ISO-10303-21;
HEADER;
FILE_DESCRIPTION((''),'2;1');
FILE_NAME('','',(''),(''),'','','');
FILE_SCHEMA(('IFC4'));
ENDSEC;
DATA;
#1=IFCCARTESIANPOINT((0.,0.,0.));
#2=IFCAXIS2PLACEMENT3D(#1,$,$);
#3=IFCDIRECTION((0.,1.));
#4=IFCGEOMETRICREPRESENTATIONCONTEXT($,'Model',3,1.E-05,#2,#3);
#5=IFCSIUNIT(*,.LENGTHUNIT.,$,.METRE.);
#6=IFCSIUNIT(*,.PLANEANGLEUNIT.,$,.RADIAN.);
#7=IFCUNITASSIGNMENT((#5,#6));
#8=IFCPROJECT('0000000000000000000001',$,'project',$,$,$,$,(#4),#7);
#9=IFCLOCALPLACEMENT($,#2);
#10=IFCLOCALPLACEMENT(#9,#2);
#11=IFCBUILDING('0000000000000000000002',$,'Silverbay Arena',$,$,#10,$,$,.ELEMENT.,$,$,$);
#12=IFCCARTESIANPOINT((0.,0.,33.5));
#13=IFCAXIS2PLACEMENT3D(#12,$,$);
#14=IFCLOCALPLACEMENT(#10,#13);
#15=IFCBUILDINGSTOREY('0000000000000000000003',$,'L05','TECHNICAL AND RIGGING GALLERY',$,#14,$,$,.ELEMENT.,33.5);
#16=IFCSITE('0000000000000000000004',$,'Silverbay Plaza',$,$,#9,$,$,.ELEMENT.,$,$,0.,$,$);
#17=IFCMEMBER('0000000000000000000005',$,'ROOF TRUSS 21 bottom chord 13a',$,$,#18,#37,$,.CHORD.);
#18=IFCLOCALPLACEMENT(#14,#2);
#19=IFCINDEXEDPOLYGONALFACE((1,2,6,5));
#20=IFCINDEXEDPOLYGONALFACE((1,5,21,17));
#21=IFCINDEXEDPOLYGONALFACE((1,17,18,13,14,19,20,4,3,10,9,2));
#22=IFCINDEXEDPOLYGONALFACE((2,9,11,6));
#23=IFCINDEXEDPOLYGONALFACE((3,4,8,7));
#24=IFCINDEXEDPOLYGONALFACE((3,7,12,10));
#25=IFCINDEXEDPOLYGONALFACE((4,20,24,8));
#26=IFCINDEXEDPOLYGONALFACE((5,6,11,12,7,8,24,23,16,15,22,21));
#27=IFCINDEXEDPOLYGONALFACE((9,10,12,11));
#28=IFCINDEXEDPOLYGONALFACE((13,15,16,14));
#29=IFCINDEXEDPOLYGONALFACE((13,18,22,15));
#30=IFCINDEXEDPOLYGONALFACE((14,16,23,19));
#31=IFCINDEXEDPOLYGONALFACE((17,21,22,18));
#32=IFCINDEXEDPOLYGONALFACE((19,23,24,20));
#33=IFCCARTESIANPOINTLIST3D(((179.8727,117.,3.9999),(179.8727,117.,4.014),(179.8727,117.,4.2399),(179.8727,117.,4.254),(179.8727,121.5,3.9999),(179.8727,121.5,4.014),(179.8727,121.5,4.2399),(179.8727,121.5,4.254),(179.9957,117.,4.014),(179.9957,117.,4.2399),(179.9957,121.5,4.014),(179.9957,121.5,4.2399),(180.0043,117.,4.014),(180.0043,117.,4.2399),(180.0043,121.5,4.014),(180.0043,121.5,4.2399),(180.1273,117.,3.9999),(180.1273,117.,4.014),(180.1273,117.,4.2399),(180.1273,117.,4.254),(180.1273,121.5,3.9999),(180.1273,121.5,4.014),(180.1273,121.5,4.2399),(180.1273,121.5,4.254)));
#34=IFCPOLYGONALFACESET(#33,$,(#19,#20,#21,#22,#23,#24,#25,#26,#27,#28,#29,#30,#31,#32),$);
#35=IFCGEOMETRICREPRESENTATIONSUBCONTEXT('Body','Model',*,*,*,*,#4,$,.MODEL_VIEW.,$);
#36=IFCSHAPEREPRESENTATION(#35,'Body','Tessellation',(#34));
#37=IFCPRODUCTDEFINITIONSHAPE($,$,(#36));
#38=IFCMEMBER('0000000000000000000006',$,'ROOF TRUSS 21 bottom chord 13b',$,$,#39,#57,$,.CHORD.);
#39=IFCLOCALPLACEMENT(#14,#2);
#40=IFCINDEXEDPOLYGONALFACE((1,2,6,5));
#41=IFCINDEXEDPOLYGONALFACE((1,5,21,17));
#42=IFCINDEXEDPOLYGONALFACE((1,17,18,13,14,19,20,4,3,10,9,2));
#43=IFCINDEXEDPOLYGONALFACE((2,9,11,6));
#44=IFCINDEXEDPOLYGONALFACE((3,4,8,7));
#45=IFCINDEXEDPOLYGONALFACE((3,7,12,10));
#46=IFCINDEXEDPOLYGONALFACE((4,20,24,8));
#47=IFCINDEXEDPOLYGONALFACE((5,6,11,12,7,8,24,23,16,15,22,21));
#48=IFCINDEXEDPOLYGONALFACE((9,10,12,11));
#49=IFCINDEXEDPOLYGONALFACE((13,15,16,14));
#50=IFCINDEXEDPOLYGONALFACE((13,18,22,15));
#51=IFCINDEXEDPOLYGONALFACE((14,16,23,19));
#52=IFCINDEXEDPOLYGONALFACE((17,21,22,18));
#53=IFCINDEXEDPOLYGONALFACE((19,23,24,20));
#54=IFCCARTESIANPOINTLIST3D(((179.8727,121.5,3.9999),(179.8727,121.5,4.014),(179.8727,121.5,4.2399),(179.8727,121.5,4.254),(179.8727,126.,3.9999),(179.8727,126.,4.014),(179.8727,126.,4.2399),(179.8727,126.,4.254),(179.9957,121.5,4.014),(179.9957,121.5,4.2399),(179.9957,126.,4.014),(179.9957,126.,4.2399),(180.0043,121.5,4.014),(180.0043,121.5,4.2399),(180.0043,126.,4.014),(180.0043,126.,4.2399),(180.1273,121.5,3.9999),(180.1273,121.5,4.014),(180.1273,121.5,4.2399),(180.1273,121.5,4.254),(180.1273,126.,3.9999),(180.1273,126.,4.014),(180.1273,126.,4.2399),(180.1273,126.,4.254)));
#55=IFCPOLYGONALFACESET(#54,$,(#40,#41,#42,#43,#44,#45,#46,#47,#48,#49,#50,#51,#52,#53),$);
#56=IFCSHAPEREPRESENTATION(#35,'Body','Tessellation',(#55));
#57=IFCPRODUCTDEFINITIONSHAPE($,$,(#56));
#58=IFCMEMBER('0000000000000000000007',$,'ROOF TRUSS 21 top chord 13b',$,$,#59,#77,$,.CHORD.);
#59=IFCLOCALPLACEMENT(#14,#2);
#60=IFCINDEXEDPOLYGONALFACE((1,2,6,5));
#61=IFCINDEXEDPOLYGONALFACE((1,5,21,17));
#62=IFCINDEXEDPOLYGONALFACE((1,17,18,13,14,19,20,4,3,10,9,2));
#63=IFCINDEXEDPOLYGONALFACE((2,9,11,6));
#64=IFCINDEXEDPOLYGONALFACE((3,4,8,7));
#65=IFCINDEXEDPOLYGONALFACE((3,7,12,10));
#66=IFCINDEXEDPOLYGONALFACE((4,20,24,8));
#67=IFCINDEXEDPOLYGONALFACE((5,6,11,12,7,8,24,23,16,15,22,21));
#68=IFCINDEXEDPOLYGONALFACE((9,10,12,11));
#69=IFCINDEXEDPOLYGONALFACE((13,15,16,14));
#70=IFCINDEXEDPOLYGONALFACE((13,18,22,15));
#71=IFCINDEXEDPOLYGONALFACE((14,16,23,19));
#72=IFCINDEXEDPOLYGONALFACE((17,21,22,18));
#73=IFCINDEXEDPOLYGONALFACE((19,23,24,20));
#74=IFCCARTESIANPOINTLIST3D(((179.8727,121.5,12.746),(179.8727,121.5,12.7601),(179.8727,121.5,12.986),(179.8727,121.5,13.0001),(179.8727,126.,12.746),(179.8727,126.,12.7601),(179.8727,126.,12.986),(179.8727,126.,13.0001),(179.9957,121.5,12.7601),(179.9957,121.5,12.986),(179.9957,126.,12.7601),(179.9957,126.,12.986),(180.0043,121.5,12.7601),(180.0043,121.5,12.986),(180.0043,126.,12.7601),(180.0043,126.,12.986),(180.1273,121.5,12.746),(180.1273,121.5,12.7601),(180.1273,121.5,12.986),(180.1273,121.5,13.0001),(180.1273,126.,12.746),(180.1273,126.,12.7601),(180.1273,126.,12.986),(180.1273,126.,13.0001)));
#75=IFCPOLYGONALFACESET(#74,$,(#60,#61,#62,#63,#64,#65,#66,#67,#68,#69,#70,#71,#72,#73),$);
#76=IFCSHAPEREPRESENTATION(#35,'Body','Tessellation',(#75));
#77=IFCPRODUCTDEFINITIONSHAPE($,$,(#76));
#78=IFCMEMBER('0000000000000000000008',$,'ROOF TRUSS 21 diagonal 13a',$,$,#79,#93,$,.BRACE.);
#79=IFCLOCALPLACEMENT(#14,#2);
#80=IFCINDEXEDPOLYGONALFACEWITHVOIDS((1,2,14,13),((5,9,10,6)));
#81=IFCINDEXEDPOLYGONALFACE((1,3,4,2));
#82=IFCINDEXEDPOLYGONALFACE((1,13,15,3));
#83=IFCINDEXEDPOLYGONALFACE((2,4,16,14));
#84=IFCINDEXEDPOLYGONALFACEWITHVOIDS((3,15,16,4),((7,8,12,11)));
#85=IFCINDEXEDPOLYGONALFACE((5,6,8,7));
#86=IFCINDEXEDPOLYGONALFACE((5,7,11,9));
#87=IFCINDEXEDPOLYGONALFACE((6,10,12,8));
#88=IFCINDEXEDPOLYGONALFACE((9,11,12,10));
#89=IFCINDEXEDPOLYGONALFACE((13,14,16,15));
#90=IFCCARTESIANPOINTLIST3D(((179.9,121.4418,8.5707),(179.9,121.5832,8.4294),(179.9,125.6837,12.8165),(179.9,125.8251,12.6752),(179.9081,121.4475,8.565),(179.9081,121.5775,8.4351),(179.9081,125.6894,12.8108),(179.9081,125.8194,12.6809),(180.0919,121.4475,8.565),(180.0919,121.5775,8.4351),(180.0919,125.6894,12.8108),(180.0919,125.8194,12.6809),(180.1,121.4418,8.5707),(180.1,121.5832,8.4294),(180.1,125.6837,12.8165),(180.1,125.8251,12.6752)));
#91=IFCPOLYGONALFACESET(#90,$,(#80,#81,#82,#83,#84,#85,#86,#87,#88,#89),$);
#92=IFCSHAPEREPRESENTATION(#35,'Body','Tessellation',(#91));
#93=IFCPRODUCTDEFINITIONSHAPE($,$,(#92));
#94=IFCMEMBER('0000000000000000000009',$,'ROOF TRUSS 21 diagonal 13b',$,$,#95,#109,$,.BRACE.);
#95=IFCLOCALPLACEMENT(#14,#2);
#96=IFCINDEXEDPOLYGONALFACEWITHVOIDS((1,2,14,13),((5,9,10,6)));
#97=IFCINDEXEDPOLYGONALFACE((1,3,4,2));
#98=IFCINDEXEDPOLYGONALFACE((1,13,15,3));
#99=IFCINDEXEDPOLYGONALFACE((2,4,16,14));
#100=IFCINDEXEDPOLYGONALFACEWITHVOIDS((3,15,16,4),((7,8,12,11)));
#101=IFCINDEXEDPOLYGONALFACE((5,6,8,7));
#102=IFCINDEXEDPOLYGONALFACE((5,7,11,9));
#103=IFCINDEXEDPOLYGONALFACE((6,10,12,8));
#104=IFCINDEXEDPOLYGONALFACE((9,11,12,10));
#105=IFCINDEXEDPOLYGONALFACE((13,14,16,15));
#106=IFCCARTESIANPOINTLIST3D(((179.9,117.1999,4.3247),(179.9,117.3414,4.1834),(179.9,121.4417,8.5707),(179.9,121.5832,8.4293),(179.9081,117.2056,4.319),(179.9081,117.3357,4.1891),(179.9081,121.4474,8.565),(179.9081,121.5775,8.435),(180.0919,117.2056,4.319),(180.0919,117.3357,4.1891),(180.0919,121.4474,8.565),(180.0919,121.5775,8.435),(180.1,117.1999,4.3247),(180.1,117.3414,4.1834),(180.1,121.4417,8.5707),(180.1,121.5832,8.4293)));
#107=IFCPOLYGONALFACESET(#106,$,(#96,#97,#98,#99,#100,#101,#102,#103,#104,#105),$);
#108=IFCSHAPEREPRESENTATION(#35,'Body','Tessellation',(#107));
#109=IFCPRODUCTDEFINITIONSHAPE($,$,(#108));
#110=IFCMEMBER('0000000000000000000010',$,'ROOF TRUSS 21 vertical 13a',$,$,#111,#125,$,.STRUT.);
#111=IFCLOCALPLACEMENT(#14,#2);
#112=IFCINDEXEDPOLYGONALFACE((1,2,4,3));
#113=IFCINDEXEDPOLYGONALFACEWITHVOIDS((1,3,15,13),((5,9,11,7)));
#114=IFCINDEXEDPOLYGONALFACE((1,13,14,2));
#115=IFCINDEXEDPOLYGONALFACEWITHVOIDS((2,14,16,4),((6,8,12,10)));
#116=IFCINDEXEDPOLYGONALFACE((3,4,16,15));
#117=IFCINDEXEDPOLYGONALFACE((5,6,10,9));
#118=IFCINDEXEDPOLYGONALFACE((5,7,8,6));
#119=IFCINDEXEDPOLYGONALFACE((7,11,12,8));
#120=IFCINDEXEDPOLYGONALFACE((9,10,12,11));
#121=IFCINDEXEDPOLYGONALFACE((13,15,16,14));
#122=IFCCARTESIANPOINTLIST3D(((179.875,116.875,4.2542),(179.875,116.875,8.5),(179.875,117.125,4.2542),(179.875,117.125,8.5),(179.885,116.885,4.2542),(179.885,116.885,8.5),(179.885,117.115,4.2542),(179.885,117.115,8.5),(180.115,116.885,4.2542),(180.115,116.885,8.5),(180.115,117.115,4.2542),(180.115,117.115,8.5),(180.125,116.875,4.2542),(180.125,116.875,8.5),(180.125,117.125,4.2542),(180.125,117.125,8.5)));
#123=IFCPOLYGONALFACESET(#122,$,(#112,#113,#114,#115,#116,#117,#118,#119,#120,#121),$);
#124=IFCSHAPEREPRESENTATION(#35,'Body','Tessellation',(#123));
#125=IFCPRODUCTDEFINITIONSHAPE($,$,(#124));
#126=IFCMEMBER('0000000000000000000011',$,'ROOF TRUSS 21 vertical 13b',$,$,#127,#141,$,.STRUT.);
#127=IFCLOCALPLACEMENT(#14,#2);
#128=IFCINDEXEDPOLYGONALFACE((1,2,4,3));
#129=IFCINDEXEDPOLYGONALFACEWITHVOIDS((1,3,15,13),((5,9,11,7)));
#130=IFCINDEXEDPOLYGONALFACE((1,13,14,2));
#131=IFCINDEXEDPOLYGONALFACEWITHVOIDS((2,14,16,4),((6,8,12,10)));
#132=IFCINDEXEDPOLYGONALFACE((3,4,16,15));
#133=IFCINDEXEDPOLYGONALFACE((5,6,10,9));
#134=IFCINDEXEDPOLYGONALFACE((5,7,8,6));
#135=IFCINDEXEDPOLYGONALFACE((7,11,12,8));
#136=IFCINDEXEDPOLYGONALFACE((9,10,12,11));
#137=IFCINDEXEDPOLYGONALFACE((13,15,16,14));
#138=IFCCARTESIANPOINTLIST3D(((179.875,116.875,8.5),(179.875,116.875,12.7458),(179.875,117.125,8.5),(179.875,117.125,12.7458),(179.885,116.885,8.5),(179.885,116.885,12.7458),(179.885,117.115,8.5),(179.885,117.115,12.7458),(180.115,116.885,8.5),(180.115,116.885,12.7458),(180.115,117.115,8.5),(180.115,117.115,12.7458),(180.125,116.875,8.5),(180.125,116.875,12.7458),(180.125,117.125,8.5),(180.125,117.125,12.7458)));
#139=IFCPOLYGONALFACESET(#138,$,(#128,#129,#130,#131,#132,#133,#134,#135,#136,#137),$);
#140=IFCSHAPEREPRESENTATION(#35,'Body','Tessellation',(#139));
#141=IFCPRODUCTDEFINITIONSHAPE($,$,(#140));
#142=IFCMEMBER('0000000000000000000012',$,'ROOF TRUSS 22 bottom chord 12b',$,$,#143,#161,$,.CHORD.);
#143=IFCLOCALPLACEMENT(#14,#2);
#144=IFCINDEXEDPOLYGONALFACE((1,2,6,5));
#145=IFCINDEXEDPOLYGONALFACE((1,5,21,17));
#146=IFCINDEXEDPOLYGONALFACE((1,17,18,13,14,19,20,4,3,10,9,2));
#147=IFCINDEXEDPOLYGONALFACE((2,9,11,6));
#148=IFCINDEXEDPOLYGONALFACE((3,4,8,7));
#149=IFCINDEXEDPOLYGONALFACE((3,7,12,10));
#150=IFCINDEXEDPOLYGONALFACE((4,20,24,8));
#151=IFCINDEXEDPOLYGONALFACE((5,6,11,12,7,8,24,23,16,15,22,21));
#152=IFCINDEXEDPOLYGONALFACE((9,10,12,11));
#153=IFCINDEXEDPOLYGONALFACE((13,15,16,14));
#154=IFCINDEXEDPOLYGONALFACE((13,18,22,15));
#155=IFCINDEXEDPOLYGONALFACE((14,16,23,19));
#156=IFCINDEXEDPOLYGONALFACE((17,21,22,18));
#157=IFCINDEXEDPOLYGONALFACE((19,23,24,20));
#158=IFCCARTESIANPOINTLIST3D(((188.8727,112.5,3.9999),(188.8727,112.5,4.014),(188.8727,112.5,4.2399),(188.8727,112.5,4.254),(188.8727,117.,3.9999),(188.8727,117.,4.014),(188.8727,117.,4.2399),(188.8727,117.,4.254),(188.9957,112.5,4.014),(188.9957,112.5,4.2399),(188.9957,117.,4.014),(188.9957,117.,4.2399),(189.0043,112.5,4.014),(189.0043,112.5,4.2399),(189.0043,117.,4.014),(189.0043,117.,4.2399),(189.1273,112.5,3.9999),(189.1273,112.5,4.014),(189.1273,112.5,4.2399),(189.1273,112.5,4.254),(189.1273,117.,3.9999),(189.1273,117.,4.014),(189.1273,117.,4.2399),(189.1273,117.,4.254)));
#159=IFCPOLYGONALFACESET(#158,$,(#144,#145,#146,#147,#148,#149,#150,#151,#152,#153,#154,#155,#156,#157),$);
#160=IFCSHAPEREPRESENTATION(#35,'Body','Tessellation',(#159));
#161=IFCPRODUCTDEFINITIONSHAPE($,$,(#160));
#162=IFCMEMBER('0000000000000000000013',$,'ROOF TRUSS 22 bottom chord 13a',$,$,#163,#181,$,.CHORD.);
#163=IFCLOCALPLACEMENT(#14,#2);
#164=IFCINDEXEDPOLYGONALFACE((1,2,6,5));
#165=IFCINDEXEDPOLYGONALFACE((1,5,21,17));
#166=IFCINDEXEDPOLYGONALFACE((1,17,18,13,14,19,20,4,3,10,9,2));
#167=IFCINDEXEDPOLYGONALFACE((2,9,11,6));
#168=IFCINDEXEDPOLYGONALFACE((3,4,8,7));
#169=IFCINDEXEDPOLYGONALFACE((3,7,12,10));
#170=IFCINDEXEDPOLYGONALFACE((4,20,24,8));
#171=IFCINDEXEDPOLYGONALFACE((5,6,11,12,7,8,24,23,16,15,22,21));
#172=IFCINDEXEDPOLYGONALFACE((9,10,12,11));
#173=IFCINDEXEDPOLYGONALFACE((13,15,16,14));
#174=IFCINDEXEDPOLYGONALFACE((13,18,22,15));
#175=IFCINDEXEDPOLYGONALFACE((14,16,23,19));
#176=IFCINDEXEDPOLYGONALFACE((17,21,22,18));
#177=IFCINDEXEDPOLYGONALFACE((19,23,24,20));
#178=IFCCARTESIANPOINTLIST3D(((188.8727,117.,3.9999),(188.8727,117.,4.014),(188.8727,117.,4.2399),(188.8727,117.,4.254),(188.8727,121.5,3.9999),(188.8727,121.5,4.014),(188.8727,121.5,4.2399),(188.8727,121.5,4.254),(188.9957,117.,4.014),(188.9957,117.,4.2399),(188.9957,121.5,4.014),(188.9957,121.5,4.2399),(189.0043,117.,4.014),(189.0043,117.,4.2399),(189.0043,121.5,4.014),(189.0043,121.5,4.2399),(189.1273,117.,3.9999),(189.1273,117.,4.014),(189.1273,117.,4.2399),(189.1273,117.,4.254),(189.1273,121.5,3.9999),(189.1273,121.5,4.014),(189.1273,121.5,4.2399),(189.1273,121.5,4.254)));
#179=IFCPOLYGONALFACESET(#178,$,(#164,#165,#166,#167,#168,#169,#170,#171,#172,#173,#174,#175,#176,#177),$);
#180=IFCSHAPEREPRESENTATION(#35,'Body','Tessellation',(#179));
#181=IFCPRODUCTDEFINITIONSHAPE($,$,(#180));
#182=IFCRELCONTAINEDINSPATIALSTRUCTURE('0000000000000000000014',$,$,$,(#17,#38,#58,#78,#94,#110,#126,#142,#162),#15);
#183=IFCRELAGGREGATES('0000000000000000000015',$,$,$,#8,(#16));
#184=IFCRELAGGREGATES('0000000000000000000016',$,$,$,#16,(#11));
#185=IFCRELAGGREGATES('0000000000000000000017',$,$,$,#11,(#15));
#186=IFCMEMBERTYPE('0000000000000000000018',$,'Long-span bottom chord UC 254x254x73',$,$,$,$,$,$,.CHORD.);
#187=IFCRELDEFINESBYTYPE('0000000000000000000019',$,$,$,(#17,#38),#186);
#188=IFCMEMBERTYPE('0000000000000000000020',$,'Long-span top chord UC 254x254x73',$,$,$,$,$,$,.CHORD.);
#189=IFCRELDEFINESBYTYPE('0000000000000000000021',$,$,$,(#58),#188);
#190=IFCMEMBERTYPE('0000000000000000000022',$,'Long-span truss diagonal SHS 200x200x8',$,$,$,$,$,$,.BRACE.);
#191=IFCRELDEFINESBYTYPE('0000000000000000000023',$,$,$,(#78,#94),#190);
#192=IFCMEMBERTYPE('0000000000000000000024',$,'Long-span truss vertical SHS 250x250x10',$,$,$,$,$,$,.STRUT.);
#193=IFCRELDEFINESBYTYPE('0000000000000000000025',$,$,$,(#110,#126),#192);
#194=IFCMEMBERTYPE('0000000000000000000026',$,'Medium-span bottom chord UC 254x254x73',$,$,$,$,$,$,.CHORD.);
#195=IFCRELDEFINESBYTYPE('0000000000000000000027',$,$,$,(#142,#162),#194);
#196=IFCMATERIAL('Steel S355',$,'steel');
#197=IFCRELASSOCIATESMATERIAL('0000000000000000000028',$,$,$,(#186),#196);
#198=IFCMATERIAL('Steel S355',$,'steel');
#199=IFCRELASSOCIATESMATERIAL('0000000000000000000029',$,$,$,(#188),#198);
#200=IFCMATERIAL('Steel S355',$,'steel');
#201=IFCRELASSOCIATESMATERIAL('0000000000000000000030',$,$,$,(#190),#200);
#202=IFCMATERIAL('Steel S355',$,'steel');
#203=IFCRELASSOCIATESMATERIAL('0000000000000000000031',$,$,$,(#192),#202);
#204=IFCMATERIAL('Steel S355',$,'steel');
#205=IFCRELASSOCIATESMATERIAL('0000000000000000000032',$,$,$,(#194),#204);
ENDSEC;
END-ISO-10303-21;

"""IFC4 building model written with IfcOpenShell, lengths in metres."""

from ifc_helpers import new_model, si_unit, direction, frame, origin, origin_2d, place, context, subcontext, project, spatial, hollow_rectangle, i_section, extrude, material, material_profile, profile_set, type_object, element, save


model = new_model("IFC4")

# Units and contexts
model_context = context("Model", 3, precision=1e-05, world=origin(), true_north=direction((0.0, 1.0)))
body_context = subcontext(model_context, "Body", "Model", "MODEL_VIEW")
ifc_project = project(units=[si_unit("LENGTHUNIT", "METRE"), si_unit("PLANEANGLEUNIT", "RADIAN")], contexts=[model_context])

# Site, building, storey
site_placement = place(None, origin())
site = spatial("IfcSite", under=ifc_project, at=site_placement, Name="Silverbay Plaza", CompositionType="ELEMENT", RefElevation=0.0)
building_placement = place(site_placement, origin())
building = spatial("IfcBuilding", under=site, at=building_placement, Name="Silverbay Arena", CompositionType="ELEMENT")
storey_placement = place(building_placement, frame((0.0, 0.0, 33.5)))
storey = spatial("IfcBuildingStorey", under=building, at=storey_placement, Name="L05", Description="TECHNICAL AND RIGGING GALLERY", CompositionType="ELEMENT", Elevation=33.5)

# Members
ifc_material_1 = material(Name="Steel S355", Category="steel")
ifc_material_profile_1 = material_profile(ifc_material_1, i_section(OverallWidth=0.2546, OverallDepth=0.2542, WebThickness=0.0085, FlangeThickness=0.0142, at=origin_2d()), Name="UC 254x254x73")
ifc_profile_set_1 = profile_set([ifc_material_profile_1], Name="Steel S355")
member_type_1 = type_object("IfcMemberType", Name="Long-span bottom chord UC 254x254x73", PredefinedType="CHORD", material=ifc_profile_set_1)
for number, where, z_axis, x_axis, name in (
    (1, (180.0, 117.0, 4.127), (0.0, 1.0, 0.0), (-1.0, 0.0, 0.0), "ROOF TRUSS 21 bottom chord 13a"),
    (2, (180.0, 121.5, 4.127), (0.0, 1.0, 0.0), (-1.0, 0.0, 0.0), "ROOF TRUSS 21 bottom chord 13b"),
):
    element("IfcMember", number, at=place(storey_placement, frame(where, z_axis=z_axis, x_axis=x_axis)), inside=storey, type_object=member_type_1, Name=name, PredefinedType="CHORD", context=body_context, shape_type="SweptSolid", body=[
        extrude(i_section(OverallWidth=0.2546, OverallDepth=0.2542, WebThickness=0.0085, FlangeThickness=0.0142, at=origin_2d()), origin(), (0.0, 0.0, 1.0), 4.5),
    ])
ifc_material_2 = material(Name="Steel S355", Category="steel")
ifc_material_profile_2 = material_profile(ifc_material_2, i_section(OverallWidth=0.2546, OverallDepth=0.2542, WebThickness=0.0085, FlangeThickness=0.0142, at=origin_2d()), Name="UC 254x254x73")
ifc_profile_set_2 = profile_set([ifc_material_profile_2], Name="Steel S355")
member_type_2 = type_object("IfcMemberType", Name="Long-span top chord UC 254x254x73", PredefinedType="CHORD", material=ifc_profile_set_2)
member_1_placement = place(storey_placement, frame((180.0, 121.5, 12.873), z_axis=(0.0, 1.0, 0.0), x_axis=(-1.0, 0.0, 0.0)))
element("IfcMember", 3, at=member_1_placement, inside=storey, type_object=member_type_2, Name="ROOF TRUSS 21 top chord 13b", PredefinedType="CHORD", context=body_context, shape_type="SweptSolid", body=[
    extrude(i_section(OverallWidth=0.2546, OverallDepth=0.2542, WebThickness=0.0085, FlangeThickness=0.0142, at=origin_2d()), origin(), (0.0, 0.0, 1.0), 4.5),
])
ifc_material_3 = material(Name="Steel S355", Category="steel")
ifc_material_profile_3 = material_profile(ifc_material_3, hollow_rectangle(XDim=0.2, YDim=0.2, WallThickness=0.0081, at=origin_2d()), Name="SHS 200x200x8")
ifc_profile_set_3 = profile_set([ifc_material_profile_3], Name="Steel S355")
member_type_3 = type_object("IfcMemberType", Name="Long-span truss diagonal SHS 200x200x8", PredefinedType="BRACE", material=ifc_profile_set_3)
for number, where, z_axis, x_axis, name in (
    (4, (180.0, 125.7544, 12.7458), (0.0, -0.706781, -0.707432), (1.0, 0.0, 0.0), "ROOF TRUSS 21 diagonal 13a"),
    (5, (180.0, 121.5125, 8.5), (0.0, -0.706761, -0.707452), (1.0, 0.0, 0.0), "ROOF TRUSS 21 diagonal 13b"),
):
    element("IfcMember", number, at=place(storey_placement, frame(where, z_axis=z_axis, x_axis=x_axis)), inside=storey, type_object=member_type_3, Name=name, PredefinedType="BRACE", context=body_context, shape_type="SweptSolid", body=[
        extrude(hollow_rectangle(XDim=0.2, YDim=0.2, WallThickness=0.0081, at=origin_2d()), origin(), (0.0, 0.0, 1.0), 6.0017),
    ])
ifc_material_4 = material(Name="Steel S355", Category="steel")
ifc_material_profile_4 = material_profile(ifc_material_4, hollow_rectangle(XDim=0.25, YDim=0.25, WallThickness=0.01, at=origin_2d()), Name="SHS 250x250x10")
ifc_profile_set_4 = profile_set([ifc_material_profile_4], Name="Steel S355")
member_type_4 = type_object("IfcMemberType", Name="Long-span truss vertical SHS 250x250x10", PredefinedType="STRUT", material=ifc_profile_set_4)
for number, where, z_axis, x_axis, name in (
    (6, (180.0, 117.0, 4.2542), (0.0, 0.0, 1.0), (1.0, 0.0, 0.0), "ROOF TRUSS 21 vertical 13a"),
    (7, (180.0, 117.0, 8.5), (0.0, 0.0, 1.0), (1.0, 0.0, 0.0), "ROOF TRUSS 21 vertical 13b"),
):
    element("IfcMember", number, at=place(storey_placement, frame(where, z_axis=z_axis, x_axis=x_axis)), inside=storey, type_object=member_type_4, Name=name, PredefinedType="STRUT", context=body_context, shape_type="SweptSolid", body=[
        extrude(hollow_rectangle(XDim=0.25, YDim=0.25, WallThickness=0.01, at=origin_2d()), origin(), (0.0, 0.0, 1.0), 4.2458),
    ])
ifc_material_5 = material(Name="Steel S355", Category="steel")
ifc_material_profile_5 = material_profile(ifc_material_5, i_section(OverallWidth=0.2546, OverallDepth=0.2542, WebThickness=0.0085, FlangeThickness=0.0142, at=origin_2d()), Name="UC 254x254x73")
ifc_profile_set_5 = profile_set([ifc_material_profile_5], Name="Steel S355")
member_type_5 = type_object("IfcMemberType", Name="Medium-span bottom chord UC 254x254x73", PredefinedType="CHORD", material=ifc_profile_set_5)
for number, where, z_axis, x_axis, name in (
    (8, (189.0, 112.5, 4.127), (0.0, 1.0, 0.0), (-1.0, 0.0, 0.0), "ROOF TRUSS 22 bottom chord 12b"),
    (9, (189.0, 117.0, 4.127), (0.0, 1.0, 0.0), (-1.0, 0.0, 0.0), "ROOF TRUSS 22 bottom chord 13a"),
):
    element("IfcMember", number, at=place(storey_placement, frame(where, z_axis=z_axis, x_axis=x_axis)), inside=storey, type_object=member_type_5, Name=name, PredefinedType="CHORD", context=body_context, shape_type="SweptSolid", body=[
        extrude(i_section(OverallWidth=0.2546, OverallDepth=0.2542, WebThickness=0.0085, FlangeThickness=0.0142, at=origin_2d()), origin(), (0.0, 0.0, 1.0), 4.5),
    ])

save(model, "model.ifc")
